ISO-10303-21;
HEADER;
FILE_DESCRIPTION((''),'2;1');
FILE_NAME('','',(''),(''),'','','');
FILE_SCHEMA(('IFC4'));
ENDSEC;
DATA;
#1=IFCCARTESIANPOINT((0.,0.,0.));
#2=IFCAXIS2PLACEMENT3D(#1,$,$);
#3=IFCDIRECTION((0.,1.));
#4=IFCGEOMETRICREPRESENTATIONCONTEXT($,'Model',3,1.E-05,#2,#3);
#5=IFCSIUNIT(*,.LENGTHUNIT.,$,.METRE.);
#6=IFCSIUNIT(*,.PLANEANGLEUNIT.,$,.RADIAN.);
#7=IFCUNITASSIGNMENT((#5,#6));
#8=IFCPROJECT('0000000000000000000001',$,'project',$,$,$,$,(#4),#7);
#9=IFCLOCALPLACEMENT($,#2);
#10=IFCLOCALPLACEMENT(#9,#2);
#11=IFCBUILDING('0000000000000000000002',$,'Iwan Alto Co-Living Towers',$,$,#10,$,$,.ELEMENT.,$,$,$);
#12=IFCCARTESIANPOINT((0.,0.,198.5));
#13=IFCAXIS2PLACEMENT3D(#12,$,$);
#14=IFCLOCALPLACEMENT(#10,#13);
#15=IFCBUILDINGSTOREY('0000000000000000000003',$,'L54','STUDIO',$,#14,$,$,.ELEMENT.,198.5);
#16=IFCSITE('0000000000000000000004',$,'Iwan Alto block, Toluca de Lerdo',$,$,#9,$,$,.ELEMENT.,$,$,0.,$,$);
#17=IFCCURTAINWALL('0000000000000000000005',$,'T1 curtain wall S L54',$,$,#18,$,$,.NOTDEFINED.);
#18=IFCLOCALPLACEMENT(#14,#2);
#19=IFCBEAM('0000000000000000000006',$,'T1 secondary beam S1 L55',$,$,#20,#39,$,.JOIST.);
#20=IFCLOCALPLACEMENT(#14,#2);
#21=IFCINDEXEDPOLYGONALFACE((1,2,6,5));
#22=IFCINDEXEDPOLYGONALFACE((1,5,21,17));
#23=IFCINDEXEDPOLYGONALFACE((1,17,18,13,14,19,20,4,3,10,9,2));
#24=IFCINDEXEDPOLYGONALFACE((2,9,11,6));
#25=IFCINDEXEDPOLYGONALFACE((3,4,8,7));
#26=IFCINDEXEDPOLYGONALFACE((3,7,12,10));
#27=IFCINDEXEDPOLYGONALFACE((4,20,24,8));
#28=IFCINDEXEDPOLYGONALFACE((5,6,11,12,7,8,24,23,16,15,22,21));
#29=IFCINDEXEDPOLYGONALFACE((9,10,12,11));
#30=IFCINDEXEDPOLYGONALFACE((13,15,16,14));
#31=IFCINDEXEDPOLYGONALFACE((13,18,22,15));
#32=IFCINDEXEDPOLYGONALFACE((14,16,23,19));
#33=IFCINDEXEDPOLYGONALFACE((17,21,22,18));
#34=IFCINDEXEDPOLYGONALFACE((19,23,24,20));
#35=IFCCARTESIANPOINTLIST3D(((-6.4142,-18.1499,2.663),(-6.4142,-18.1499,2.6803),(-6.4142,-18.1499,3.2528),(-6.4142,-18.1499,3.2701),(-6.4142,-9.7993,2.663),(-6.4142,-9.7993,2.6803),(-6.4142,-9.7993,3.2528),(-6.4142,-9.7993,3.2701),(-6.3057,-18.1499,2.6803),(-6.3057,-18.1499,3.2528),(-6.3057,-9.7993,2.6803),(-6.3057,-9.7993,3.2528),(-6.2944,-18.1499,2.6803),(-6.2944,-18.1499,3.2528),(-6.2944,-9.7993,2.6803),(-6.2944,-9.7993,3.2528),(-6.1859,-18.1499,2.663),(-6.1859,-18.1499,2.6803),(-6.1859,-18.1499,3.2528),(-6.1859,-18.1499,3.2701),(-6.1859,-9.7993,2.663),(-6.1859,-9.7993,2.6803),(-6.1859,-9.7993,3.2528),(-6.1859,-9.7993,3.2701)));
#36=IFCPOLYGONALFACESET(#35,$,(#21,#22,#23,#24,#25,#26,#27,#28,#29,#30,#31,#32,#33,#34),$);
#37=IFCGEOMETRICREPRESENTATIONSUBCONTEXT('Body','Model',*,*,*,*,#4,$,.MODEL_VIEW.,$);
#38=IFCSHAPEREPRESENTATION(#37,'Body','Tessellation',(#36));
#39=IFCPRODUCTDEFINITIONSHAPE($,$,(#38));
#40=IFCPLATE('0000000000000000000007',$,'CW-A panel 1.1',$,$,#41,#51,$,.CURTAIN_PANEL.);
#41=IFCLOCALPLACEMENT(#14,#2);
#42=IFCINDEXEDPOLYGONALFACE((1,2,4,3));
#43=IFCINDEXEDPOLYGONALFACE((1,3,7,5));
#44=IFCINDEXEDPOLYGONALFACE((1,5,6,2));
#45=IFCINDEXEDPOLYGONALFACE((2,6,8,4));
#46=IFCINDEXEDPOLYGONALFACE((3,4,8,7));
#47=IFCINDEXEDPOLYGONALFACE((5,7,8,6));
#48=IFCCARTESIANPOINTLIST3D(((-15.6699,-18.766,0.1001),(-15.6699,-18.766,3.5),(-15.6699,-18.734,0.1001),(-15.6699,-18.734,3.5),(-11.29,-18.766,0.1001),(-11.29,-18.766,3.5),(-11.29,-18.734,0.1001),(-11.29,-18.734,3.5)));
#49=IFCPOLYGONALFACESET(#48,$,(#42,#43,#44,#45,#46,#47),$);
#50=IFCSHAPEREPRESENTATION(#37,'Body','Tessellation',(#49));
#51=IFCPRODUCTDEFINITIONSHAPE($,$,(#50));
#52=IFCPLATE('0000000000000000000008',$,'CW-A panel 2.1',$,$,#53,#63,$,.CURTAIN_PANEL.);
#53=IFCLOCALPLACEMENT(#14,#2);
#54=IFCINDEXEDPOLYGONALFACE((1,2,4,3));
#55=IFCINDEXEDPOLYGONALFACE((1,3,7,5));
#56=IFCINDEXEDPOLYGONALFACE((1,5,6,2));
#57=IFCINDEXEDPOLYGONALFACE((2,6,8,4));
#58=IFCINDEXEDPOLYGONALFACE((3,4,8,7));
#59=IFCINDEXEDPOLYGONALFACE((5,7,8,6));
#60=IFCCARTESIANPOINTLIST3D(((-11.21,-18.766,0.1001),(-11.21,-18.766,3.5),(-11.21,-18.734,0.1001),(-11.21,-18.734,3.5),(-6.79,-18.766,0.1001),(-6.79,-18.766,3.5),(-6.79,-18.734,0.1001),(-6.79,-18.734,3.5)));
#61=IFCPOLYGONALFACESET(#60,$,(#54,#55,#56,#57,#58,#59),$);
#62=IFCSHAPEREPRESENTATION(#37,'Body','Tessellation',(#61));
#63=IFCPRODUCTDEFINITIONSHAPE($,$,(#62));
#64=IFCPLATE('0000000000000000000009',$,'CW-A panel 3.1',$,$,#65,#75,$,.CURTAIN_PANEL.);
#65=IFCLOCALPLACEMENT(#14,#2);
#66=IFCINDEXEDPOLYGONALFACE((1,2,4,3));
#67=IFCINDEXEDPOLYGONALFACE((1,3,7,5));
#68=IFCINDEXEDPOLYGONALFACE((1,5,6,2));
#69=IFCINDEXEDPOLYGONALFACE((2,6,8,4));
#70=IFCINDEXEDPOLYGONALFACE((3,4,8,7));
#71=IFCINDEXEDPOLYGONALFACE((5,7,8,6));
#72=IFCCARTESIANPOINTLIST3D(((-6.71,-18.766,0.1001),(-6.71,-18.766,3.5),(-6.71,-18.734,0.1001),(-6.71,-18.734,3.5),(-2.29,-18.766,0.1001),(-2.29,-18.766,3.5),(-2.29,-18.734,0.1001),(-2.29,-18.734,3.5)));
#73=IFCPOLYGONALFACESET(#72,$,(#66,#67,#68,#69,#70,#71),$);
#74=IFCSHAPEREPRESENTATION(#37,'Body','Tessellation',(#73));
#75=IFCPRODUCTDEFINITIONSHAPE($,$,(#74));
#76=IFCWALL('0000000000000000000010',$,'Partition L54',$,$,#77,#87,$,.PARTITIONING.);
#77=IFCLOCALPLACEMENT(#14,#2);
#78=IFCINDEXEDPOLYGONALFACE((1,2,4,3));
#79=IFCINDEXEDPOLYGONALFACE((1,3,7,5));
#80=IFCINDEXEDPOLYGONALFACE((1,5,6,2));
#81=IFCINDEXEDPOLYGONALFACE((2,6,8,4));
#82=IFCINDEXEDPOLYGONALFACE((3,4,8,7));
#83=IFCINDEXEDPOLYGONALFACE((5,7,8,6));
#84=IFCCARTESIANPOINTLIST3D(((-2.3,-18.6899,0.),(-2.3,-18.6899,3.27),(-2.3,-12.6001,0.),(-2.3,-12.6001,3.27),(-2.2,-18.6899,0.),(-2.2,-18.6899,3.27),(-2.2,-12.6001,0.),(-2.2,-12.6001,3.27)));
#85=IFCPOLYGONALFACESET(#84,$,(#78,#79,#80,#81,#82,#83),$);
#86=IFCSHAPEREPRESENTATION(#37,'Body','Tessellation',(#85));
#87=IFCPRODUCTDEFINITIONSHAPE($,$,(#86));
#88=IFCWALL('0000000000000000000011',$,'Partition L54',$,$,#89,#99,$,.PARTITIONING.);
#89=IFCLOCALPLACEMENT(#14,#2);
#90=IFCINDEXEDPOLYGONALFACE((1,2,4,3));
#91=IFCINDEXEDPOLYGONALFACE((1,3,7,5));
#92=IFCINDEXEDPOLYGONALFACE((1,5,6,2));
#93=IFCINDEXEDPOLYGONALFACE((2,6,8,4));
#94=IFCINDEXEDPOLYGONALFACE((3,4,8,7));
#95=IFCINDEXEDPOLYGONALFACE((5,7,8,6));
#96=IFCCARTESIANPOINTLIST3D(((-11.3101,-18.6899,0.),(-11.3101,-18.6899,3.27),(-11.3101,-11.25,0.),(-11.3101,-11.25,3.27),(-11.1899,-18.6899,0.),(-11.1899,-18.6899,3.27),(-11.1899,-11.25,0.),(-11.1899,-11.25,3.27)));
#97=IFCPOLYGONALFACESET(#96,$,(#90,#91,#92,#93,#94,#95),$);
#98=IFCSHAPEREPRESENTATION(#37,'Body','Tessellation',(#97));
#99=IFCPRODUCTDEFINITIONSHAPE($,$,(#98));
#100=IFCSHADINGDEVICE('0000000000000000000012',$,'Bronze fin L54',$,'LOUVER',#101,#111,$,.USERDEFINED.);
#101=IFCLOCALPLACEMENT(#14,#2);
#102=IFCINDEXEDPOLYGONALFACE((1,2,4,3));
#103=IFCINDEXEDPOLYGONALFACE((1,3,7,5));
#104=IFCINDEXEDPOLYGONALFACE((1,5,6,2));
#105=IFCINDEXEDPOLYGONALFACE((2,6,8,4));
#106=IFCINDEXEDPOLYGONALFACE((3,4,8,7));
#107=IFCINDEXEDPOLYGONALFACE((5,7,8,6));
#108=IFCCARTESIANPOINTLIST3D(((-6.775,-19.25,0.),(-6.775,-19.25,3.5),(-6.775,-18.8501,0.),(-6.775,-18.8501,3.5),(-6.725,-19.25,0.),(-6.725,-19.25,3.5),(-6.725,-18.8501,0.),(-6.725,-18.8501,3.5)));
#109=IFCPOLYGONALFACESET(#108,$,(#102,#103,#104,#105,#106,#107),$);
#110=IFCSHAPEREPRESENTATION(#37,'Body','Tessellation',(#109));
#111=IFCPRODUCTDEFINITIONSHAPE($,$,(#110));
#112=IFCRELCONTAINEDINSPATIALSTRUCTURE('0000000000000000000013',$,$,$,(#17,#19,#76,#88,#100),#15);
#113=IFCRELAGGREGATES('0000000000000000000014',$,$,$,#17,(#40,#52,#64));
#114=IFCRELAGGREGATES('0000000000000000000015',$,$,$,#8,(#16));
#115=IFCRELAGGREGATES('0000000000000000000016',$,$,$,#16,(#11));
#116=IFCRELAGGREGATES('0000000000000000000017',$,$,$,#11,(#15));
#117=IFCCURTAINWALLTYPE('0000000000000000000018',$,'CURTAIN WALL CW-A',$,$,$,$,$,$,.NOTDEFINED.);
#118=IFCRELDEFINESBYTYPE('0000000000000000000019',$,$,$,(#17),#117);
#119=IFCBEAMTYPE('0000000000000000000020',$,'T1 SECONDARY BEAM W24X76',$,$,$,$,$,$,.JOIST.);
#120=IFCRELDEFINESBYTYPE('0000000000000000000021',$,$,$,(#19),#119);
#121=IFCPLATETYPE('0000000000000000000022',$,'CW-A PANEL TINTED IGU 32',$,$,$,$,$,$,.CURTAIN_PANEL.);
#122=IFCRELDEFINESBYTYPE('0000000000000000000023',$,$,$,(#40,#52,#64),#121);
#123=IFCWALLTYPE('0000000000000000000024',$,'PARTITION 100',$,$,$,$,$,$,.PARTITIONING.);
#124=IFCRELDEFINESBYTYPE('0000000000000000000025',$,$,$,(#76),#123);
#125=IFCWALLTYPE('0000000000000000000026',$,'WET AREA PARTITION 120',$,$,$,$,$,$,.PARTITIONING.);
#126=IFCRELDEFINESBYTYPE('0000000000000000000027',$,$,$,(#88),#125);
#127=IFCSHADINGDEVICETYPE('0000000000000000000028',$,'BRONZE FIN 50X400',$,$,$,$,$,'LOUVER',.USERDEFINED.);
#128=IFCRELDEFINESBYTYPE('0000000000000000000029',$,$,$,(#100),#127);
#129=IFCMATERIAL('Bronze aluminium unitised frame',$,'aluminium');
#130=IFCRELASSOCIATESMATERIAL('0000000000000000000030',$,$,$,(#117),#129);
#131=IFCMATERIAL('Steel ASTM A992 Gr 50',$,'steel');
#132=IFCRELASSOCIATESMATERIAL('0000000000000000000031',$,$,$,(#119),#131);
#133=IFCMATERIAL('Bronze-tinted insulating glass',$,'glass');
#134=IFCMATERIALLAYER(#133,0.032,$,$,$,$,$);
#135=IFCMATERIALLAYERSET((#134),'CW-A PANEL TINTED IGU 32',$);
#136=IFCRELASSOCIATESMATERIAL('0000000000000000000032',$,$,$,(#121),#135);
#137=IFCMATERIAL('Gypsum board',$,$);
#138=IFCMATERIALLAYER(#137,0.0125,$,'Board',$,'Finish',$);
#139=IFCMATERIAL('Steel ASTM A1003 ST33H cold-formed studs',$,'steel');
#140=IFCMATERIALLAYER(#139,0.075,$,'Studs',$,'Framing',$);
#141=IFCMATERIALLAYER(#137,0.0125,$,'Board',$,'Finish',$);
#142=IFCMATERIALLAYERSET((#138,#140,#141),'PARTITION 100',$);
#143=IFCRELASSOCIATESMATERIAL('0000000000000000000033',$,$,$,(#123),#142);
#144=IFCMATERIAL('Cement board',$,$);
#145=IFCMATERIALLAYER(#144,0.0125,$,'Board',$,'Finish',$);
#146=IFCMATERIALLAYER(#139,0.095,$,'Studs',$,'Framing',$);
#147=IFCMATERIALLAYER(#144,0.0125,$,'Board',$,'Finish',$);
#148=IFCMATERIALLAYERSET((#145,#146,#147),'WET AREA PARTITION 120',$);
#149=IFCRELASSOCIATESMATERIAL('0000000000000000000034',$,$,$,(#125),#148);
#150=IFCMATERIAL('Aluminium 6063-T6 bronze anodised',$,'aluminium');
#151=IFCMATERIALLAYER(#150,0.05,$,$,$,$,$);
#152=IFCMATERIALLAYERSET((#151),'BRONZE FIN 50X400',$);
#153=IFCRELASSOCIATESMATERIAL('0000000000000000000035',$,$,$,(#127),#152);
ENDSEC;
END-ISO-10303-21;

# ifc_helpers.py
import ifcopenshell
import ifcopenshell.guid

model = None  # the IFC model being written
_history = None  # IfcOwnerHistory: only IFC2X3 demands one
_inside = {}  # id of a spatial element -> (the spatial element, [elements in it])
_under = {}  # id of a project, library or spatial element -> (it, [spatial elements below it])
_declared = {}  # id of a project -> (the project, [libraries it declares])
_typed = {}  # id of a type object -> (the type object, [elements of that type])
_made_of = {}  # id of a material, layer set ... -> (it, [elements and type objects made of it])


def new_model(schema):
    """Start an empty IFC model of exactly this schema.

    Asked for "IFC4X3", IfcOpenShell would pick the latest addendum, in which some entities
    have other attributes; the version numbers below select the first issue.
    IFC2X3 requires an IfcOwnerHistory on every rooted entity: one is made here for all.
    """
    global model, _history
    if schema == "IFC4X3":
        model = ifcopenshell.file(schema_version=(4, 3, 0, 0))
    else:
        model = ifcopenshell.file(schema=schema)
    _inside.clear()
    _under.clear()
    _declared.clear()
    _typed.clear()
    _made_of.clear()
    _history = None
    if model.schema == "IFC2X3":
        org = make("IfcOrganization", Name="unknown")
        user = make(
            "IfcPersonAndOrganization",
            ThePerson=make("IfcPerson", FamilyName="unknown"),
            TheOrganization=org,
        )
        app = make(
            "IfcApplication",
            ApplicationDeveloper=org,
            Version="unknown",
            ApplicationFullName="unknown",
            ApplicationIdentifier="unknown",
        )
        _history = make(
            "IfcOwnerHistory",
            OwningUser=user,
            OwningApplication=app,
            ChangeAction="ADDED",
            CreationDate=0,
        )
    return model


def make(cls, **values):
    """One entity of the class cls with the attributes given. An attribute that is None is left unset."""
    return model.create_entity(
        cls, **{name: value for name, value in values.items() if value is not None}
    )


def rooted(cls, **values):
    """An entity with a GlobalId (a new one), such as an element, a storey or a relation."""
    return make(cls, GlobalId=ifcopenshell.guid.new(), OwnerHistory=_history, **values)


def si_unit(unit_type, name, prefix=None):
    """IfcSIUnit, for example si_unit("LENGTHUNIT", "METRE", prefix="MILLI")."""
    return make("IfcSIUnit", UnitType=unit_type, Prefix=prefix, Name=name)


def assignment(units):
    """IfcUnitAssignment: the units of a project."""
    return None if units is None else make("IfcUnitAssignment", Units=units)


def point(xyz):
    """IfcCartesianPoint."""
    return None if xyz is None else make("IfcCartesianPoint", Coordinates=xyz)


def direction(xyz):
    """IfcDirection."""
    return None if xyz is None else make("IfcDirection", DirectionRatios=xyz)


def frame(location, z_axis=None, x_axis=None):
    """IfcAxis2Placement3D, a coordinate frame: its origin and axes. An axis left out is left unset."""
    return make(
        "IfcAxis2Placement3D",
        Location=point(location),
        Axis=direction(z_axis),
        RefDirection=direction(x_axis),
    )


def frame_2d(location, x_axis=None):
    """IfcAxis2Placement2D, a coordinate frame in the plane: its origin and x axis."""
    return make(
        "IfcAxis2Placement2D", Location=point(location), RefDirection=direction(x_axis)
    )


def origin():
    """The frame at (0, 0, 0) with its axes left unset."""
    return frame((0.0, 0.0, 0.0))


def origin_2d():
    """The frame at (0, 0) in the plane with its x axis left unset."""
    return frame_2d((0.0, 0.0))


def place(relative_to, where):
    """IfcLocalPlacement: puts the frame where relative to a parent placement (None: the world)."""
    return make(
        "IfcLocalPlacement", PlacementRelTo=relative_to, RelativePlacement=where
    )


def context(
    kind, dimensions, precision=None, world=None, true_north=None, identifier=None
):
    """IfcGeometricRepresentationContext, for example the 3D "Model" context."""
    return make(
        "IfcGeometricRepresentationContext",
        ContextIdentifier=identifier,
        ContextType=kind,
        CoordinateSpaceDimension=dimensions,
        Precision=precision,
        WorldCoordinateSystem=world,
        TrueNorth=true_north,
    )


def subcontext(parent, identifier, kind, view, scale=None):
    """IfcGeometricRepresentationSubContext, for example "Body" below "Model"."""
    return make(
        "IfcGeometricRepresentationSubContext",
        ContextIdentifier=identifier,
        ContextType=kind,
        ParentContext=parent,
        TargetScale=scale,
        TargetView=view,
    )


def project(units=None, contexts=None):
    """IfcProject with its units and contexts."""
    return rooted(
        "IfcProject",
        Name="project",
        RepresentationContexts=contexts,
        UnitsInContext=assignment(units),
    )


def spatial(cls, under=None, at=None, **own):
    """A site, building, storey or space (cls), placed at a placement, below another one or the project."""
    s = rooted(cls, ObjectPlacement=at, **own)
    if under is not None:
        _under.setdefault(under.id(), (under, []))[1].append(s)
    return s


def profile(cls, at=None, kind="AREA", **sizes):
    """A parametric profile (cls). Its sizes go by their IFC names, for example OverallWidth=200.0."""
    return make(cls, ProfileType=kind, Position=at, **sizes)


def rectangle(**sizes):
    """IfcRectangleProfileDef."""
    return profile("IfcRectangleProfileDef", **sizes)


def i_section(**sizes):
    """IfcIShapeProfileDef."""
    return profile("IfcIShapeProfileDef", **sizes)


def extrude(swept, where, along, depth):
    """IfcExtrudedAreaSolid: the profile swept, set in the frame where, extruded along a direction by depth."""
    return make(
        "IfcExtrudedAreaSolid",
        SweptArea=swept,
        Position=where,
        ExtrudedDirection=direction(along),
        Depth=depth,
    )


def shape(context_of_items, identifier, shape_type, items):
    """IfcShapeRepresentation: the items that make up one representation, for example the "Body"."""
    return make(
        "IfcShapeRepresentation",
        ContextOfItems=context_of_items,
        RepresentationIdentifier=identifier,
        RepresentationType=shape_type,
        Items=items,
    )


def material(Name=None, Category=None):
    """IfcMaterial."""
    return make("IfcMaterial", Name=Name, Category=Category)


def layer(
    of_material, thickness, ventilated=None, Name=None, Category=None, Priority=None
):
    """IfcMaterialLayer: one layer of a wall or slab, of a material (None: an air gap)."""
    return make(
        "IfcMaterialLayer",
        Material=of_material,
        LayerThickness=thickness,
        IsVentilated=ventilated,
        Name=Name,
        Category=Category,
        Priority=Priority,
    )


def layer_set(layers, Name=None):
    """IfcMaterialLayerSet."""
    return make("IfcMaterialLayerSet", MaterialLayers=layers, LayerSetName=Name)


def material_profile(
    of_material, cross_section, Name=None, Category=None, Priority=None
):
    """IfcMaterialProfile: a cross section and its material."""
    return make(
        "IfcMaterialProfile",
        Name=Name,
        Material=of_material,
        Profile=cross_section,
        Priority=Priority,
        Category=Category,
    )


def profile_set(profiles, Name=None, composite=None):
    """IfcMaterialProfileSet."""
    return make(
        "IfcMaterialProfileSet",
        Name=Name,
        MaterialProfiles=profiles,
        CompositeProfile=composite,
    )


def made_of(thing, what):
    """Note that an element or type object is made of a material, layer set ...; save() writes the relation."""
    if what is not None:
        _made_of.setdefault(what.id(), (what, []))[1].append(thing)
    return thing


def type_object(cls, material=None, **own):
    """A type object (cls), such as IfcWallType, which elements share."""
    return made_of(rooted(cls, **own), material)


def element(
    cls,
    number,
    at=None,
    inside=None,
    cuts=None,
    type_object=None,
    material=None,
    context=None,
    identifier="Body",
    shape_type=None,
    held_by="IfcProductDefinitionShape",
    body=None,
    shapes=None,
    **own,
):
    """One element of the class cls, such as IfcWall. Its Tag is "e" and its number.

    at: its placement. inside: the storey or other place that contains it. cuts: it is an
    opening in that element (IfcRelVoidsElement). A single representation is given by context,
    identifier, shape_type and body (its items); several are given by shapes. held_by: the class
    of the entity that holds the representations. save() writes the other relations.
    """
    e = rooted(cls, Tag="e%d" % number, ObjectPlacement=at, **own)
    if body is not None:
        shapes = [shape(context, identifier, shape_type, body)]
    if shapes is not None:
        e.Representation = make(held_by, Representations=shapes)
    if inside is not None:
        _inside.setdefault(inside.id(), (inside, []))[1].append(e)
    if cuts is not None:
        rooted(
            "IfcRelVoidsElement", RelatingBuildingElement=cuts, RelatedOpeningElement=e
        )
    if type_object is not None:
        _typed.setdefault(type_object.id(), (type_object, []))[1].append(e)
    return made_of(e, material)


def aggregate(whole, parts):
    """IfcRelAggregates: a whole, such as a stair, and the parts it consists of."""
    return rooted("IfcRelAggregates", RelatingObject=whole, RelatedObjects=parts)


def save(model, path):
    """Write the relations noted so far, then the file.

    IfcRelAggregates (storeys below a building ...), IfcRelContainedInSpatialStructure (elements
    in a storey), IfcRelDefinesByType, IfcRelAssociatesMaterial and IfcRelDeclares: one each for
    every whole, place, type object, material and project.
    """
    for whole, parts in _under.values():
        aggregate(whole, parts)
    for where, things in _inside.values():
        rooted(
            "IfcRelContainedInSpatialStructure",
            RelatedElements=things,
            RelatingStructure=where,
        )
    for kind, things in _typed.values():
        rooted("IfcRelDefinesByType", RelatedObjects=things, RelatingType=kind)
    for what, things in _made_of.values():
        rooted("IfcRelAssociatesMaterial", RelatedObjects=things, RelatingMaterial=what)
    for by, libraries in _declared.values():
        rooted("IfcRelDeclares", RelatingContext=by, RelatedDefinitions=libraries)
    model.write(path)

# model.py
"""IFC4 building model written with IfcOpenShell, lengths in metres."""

from ifc_helpers import new_model, si_unit, direction, frame, frame_2d, origin, origin_2d, place, context, subcontext, project, spatial, rectangle, i_section, extrude, material, layer, layer_set, material_profile, profile_set, type_object, element, aggregate, save


model = new_model("IFC4")

# Units and contexts
model_context = context("Model", 3, precision=1e-05, world=origin(), true_north=direction((0.0, 1.0)))
body_context = subcontext(model_context, "Body", "Model", "MODEL_VIEW")
ifc_project = project(units=[si_unit("LENGTHUNIT", "METRE"), si_unit("PLANEANGLEUNIT", "RADIAN")], contexts=[model_context])

# Site, building, storey
site_placement = place(None, origin())
site = spatial("IfcSite", under=ifc_project, at=site_placement, Name="Iwan Alto block, Toluca de Lerdo", CompositionType="ELEMENT", RefElevation=0.0)
building_placement = place(site_placement, origin())
building = spatial("IfcBuilding", under=site, at=building_placement, Name="Iwan Alto Co-Living Towers", CompositionType="ELEMENT")
storey_placement = place(building_placement, frame((0.0, 0.0, 198.5)))
storey = spatial("IfcBuildingStorey", under=building, at=storey_placement, Name="L54", Description="STUDIO", CompositionType="ELEMENT", Elevation=198.5)

# Curtain wall
ifc_material_1 = material(Name="Bronze aluminium unitised frame", Category="aluminium")
curtain_wall_type_1 = type_object("IfcCurtainWallType", Name="CURTAIN WALL CW-A", PredefinedType="NOTDEFINED", material=ifc_material_1)
curtain_wall_1_placement = place(storey_placement, origin())
curtain_wall_1 = element("IfcCurtainWall", 1, at=curtain_wall_1_placement, inside=storey, type_object=curtain_wall_type_1, Name="T1 curtain wall S L54", PredefinedType="NOTDEFINED")

# Beam
ifc_material_2 = material(Name="Steel ASTM A992 Gr 50", Category="steel")
ifc_material_profile_1 = material_profile(ifc_material_2, i_section(OverallWidth=0.2283, OverallDepth=0.6072, WebThickness=0.0112, FlangeThickness=0.0173, at=origin_2d()), Name="W24X76")
ifc_profile_set_1 = profile_set([ifc_material_profile_1], Name="Steel ASTM A992 Gr 50")
beam_type_1 = type_object("IfcBeamType", Name="T1 SECONDARY BEAM W24X76", PredefinedType="JOIST", material=ifc_profile_set_1)
beam_1_placement = place(storey_placement, frame((-6.3, -18.1499, 2.9666), z_axis=(0.0, 1.0, 0.0), x_axis=(-1.0, 0.0, 0.0)))
element("IfcBeam", 2, at=beam_1_placement, inside=storey, type_object=beam_type_1, Name="T1 secondary beam S1 L55", PredefinedType="JOIST", context=body_context, shape_type="SweptSolid", body=[
    extrude(i_section(OverallWidth=0.2283, OverallDepth=0.6072, WebThickness=0.0112, FlangeThickness=0.0173, at=origin_2d()), origin(), (0.0, 0.0, 1.0), 8.3506),
])

# Plates
ifc_material_3 = material(Name="Bronze-tinted insulating glass", Category="glass")
ifc_layer_1 = layer(ifc_material_3, 0.032)
ifc_layer_set_1 = layer_set([ifc_layer_1], Name="CW-A PANEL TINTED IGU 32")
plate_type = type_object("IfcPlateType", Name="CW-A PANEL TINTED IGU 32", PredefinedType="CURTAIN_PANEL", material=ifc_layer_set_1)
plate_1_placement = place(storey_placement, frame((-13.48, -18.75, 0.1001), z_axis=(0.0, 0.0, 1.0), x_axis=(1.0, 0.0, 0.0)))
plate_1 = element("IfcPlate", 3, at=plate_1_placement, type_object=plate_type, Name="CW-A panel 1.1", PredefinedType="CURTAIN_PANEL", context=body_context, shape_type="SweptSolid", body=[
    extrude(rectangle(XDim=4.3799, YDim=0.032, at=origin_2d()), origin(), (0.0, 0.0, 1.0), 3.3999),
])
plate_2_placement = place(storey_placement, frame((-9.0, -18.75, 0.1001), z_axis=(0.0, 0.0, 1.0), x_axis=(1.0, 0.0, 0.0)))
plate_2 = element("IfcPlate", 4, at=plate_2_placement, type_object=plate_type, Name="CW-A panel 2.1", PredefinedType="CURTAIN_PANEL", context=body_context, shape_type="SweptSolid", body=[
    extrude(rectangle(XDim=4.4199, YDim=0.032, at=origin_2d()), origin(), (0.0, 0.0, 1.0), 3.3999),
])
plate_3_placement = place(storey_placement, frame((-4.5, -18.75, 0.1001), z_axis=(0.0, 0.0, 1.0), x_axis=(1.0, 0.0, 0.0)))
plate_3 = element("IfcPlate", 5, at=plate_3_placement, type_object=plate_type, Name="CW-A panel 3.1", PredefinedType="CURTAIN_PANEL", context=body_context, shape_type="SweptSolid", body=[
    extrude(rectangle(XDim=4.4199, YDim=0.032, at=origin_2d()), origin(), (0.0, 0.0, 1.0), 3.3999),
])
aggregate(curtain_wall_1, [plate_1, plate_2, plate_3])

# Walls
ifc_material_4 = material(Name="Gypsum board")
ifc_layer_2 = layer(ifc_material_4, 0.0125, Name="Board", Category="Finish")
ifc_material_5 = material(Name="Steel ASTM A1003 ST33H cold-formed studs", Category="steel")
ifc_layer_3 = layer(ifc_material_5, 0.075, Name="Studs", Category="Framing")
ifc_layer_4 = layer(ifc_material_4, 0.0125, Name="Board", Category="Finish")
ifc_layer_set_2 = layer_set([ifc_layer_2, ifc_layer_3, ifc_layer_4], Name="PARTITION 100")
wall_type_1 = type_object("IfcWallType", Name="PARTITION 100", PredefinedType="PARTITIONING", material=ifc_layer_set_2)
wall_1_placement = place(storey_placement, frame((-2.25, -18.6899, 0.0), z_axis=(0.0, 0.0, 1.0), x_axis=(0.0, 1.0, 0.0)))
element("IfcWall", 6, at=wall_1_placement, inside=storey, type_object=wall_type_1, Name="Partition L54", PredefinedType="PARTITIONING", context=body_context, shape_type="SweptSolid", body=[
    extrude(rectangle(XDim=6.0898, YDim=0.1001, at=frame_2d((3.0449, 0.0))), origin(), (0.0, 0.0, 1.0), 3.27),
])
ifc_material_6 = material(Name="Cement board")
ifc_layer_5 = layer(ifc_material_6, 0.0125, Name="Board", Category="Finish")
ifc_layer_6 = layer(ifc_material_5, 0.095, Name="Studs", Category="Framing")
ifc_layer_7 = layer(ifc_material_6, 0.0125, Name="Board", Category="Finish")
ifc_layer_set_3 = layer_set([ifc_layer_5, ifc_layer_6, ifc_layer_7], Name="WET AREA PARTITION 120")
wall_type_2 = type_object("IfcWallType", Name="WET AREA PARTITION 120", PredefinedType="PARTITIONING", material=ifc_layer_set_3)
wall_2_placement = place(storey_placement, frame((-11.25, -18.6899, 0.0), z_axis=(0.0, 0.0, 1.0), x_axis=(0.0, 1.0, 0.0)))
element("IfcWall", 7, at=wall_2_placement, inside=storey, type_object=wall_type_2, Name="Partition L54", PredefinedType="PARTITIONING", context=body_context, shape_type="SweptSolid", body=[
    extrude(rectangle(XDim=7.4399, YDim=0.1201, at=frame_2d((3.72, 0.0))), origin(), (0.0, 0.0, 1.0), 3.27),
])

# Shading device
ifc_material_7 = material(Name="Aluminium 6063-T6 bronze anodised", Category="aluminium")
ifc_layer_8 = layer(ifc_material_7, 0.05)
ifc_layer_set_4 = layer_set([ifc_layer_8], Name="BRONZE FIN 50X400")
shading_device_type = type_object("IfcShadingDeviceType", Name="BRONZE FIN 50X400", ElementType="LOUVER", PredefinedType="USERDEFINED", material=ifc_layer_set_4)
shading_device_placement = place(storey_placement, frame((-6.75, -19.05, 0.0), z_axis=(0.0, 0.0, 1.0), x_axis=(1.0, 0.0, 0.0)))
element("IfcShadingDevice", 8, at=shading_device_placement, inside=storey, type_object=shading_device_type, Name="Bronze fin L54", ObjectType="LOUVER", PredefinedType="USERDEFINED", context=body_context, shape_type="SweptSolid", body=[
    extrude(rectangle(XDim=0.05, YDim=0.3999, at=origin_2d()), origin(), (0.0, 0.0, 1.0), 3.5),
])

save(model, "model.ifc")
